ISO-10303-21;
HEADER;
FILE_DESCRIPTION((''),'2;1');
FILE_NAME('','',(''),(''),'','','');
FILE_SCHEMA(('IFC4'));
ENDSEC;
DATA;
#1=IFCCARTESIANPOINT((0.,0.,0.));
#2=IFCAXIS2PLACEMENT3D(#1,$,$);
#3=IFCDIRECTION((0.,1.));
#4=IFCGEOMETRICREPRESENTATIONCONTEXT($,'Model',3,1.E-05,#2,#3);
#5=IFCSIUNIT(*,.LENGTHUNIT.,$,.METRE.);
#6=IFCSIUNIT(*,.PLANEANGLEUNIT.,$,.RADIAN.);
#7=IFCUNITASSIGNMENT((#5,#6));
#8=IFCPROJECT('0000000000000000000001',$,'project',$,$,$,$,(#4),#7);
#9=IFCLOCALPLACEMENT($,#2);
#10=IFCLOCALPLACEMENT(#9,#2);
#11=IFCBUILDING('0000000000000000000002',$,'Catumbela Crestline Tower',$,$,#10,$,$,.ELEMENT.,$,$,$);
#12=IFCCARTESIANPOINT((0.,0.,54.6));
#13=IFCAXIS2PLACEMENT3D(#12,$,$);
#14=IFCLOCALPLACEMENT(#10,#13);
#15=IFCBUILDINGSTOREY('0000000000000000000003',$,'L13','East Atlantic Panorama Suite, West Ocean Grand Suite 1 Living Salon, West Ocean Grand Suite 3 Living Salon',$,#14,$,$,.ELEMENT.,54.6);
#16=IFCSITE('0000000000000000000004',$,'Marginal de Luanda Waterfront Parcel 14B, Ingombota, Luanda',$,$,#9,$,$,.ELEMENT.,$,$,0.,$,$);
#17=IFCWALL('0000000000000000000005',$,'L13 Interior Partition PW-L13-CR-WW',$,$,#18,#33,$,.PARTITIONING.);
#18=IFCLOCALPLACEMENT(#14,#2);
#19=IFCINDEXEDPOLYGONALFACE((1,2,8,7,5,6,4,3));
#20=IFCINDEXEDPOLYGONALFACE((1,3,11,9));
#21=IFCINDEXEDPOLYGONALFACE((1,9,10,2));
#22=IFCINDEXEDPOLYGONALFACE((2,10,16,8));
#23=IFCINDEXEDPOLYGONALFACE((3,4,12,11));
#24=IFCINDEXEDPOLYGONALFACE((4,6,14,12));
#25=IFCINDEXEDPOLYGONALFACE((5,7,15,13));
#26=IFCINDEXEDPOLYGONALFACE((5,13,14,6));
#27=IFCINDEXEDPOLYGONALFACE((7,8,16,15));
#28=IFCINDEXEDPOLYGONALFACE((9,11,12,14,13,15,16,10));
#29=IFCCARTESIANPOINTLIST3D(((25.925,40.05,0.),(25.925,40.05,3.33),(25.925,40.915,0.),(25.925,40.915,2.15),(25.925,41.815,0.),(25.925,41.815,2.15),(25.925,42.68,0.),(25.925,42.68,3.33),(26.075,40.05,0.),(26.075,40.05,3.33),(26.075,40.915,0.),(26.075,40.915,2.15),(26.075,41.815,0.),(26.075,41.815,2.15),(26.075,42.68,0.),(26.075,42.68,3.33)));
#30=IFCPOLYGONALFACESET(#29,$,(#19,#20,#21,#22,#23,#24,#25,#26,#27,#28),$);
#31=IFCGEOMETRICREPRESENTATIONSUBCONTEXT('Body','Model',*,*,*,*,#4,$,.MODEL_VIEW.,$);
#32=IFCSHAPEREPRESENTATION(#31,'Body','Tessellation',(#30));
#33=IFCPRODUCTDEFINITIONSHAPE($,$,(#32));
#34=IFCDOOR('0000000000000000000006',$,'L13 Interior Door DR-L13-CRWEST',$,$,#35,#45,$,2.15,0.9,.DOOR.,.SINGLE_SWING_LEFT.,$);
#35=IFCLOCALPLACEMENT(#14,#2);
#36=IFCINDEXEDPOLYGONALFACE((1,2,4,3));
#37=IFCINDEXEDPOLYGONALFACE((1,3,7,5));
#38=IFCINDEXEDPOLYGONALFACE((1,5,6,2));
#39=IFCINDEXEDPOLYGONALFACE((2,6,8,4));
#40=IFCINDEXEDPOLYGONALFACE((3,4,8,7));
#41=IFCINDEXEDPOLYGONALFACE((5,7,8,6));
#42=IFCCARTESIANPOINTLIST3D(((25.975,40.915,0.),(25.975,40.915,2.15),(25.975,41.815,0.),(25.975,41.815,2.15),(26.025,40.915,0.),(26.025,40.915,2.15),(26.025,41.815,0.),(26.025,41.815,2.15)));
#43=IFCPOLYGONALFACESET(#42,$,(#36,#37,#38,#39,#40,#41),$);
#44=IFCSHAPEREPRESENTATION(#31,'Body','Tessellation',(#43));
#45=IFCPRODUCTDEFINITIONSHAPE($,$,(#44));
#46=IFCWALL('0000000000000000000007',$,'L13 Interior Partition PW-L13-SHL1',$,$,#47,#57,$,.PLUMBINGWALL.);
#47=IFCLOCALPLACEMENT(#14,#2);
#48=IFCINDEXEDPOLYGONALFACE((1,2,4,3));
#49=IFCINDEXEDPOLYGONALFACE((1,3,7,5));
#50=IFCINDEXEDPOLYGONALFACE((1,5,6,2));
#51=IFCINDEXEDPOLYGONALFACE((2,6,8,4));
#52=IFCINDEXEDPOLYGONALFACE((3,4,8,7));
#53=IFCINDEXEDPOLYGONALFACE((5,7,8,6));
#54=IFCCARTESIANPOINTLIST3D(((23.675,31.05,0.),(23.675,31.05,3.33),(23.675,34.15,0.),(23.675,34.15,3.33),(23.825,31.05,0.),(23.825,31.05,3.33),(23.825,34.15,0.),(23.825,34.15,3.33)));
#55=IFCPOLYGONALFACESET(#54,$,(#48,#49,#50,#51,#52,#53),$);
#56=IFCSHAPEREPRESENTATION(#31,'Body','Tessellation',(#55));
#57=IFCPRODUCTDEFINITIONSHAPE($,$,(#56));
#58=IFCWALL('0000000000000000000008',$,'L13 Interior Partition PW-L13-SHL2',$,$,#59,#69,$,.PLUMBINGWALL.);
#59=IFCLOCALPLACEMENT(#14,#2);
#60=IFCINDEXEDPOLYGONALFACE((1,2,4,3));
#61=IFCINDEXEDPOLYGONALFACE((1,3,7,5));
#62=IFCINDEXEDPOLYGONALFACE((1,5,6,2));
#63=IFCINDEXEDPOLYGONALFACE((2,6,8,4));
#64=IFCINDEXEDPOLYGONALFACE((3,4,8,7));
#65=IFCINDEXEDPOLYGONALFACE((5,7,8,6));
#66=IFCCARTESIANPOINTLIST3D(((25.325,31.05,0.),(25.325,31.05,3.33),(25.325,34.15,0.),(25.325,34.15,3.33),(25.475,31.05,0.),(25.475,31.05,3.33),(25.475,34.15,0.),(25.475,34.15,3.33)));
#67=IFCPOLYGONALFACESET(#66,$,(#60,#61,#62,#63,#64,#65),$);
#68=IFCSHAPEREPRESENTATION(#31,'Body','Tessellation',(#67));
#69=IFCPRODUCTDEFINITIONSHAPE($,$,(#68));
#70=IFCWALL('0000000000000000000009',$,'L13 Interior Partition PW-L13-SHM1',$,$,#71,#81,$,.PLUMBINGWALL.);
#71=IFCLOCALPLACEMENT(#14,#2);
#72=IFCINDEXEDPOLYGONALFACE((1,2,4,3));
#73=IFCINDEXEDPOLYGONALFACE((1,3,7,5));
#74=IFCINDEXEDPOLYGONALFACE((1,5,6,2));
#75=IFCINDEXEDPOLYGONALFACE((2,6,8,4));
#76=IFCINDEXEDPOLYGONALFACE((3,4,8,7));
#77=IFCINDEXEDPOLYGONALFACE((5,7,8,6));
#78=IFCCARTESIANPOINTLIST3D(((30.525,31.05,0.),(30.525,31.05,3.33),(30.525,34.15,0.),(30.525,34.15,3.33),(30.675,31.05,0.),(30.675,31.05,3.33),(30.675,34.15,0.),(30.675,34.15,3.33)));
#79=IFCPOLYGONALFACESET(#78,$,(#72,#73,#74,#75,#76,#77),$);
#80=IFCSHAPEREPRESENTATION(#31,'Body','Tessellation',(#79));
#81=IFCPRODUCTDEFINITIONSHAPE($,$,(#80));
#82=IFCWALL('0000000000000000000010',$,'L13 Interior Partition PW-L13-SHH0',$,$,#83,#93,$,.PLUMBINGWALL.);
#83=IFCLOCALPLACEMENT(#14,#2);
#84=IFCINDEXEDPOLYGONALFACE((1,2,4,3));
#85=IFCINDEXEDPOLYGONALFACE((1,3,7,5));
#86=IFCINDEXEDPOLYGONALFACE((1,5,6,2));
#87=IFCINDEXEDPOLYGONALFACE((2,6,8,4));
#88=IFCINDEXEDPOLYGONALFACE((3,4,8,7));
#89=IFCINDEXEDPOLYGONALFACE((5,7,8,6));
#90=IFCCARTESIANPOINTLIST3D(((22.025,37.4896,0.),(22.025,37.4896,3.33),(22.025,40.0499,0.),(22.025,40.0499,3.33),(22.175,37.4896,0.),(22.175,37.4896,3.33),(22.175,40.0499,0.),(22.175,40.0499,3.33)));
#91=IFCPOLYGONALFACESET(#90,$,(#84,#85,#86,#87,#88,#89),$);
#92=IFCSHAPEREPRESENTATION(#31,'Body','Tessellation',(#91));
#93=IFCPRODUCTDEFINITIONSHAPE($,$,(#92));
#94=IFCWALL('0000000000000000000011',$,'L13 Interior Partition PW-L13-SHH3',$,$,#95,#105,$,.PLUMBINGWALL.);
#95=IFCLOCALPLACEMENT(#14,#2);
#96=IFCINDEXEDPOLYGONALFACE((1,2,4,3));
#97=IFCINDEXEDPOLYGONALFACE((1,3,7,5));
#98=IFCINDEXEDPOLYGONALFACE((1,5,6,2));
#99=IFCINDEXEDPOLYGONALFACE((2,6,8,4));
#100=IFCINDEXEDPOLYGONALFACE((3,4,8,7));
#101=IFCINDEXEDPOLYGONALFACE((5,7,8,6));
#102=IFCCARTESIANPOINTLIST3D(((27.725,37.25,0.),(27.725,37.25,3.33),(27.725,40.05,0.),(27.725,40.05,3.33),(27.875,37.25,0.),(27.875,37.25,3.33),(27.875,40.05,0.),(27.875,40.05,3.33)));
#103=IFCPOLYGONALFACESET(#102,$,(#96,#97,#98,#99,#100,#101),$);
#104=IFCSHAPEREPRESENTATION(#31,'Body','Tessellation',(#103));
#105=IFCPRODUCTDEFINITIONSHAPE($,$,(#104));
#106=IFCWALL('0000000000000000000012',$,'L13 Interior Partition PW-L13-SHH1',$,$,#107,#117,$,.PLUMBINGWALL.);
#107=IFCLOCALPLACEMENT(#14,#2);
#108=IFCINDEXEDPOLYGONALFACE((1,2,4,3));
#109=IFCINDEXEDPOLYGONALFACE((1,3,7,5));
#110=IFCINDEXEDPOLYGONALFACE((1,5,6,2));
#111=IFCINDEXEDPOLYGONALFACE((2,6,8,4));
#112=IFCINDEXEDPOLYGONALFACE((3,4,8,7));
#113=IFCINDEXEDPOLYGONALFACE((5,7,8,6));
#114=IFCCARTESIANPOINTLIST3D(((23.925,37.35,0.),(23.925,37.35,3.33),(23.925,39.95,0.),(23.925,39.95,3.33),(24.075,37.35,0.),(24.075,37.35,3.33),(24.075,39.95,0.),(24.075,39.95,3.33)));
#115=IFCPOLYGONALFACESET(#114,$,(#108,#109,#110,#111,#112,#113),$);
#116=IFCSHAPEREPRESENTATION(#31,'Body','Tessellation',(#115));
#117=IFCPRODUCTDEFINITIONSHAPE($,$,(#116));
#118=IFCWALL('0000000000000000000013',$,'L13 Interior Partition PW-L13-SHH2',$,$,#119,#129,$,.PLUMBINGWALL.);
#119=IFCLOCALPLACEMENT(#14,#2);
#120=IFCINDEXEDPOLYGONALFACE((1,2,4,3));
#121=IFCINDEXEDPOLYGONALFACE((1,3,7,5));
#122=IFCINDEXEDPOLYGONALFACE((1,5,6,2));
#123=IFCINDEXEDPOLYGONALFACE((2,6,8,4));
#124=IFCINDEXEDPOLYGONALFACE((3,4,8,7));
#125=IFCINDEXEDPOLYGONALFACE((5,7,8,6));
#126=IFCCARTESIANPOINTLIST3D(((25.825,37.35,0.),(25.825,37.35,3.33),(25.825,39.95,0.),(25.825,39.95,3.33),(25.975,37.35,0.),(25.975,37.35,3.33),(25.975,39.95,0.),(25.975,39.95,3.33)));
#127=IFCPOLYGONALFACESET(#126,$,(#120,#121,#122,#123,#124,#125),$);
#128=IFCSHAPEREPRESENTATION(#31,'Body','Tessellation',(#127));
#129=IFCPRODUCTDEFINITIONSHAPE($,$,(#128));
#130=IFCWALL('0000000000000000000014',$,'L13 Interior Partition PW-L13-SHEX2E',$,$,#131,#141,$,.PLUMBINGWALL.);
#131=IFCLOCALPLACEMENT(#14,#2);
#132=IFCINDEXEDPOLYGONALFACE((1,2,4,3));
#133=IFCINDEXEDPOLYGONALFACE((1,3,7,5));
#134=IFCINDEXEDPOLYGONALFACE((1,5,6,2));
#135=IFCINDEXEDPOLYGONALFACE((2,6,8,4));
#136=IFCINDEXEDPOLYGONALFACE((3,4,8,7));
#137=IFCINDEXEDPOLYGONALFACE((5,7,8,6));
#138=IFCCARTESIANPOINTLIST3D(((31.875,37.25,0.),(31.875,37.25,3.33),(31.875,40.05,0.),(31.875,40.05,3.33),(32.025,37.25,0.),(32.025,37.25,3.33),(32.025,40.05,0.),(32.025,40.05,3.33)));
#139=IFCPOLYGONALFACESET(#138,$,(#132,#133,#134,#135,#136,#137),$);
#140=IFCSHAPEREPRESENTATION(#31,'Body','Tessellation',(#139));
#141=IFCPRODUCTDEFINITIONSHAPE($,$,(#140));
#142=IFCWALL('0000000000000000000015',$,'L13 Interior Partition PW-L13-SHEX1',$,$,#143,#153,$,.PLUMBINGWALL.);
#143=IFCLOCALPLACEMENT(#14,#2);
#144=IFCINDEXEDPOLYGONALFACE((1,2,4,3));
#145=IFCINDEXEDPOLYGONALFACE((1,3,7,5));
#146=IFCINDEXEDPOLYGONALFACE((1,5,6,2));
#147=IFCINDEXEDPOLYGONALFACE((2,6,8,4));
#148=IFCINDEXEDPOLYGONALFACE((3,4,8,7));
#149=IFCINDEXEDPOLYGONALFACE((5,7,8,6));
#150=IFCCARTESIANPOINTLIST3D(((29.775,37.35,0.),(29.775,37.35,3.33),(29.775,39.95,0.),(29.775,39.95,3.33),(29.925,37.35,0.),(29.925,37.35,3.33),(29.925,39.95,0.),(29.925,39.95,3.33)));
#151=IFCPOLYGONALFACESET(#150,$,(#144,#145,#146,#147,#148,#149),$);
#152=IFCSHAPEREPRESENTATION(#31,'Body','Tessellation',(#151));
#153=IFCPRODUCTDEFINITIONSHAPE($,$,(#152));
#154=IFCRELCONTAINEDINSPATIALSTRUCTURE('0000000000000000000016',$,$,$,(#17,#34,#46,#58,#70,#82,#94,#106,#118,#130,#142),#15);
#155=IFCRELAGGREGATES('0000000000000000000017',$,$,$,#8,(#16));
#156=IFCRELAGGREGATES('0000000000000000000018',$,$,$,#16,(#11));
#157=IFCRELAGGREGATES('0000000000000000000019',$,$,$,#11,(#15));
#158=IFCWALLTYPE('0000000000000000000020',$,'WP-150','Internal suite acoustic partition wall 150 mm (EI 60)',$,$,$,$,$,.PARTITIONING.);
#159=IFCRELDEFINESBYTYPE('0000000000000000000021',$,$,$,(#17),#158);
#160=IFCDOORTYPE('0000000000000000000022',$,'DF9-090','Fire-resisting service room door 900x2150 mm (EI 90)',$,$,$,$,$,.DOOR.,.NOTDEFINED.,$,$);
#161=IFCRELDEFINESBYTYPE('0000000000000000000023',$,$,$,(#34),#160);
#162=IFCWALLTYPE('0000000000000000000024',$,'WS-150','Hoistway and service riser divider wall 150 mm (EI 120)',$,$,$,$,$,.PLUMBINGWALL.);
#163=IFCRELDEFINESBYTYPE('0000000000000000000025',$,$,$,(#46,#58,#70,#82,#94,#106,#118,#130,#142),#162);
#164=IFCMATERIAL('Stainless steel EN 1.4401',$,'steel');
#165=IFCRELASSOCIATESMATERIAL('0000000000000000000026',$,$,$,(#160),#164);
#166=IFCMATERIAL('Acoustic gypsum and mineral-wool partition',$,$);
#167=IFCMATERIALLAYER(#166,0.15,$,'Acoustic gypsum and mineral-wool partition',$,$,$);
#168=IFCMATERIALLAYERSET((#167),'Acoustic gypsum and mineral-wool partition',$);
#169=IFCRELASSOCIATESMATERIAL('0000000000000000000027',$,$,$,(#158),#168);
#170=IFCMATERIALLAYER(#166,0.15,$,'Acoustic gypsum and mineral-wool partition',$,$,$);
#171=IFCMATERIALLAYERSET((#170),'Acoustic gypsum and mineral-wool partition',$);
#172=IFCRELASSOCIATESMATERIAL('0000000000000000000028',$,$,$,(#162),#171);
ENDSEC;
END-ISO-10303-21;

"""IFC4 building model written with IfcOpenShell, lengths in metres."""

from ifc_helpers import new_model, si_unit, direction, frame, frame_2d, origin, place, context, subcontext, project, spatial, rectangle, extrude, material, layer, layer_set, type_object, element, fill, save


model = new_model("IFC4")

# Units and contexts
model_context = context("Model", 3, precision=1e-05, world=origin(), true_north=direction((0.0, 1.0)))
body_context = subcontext(model_context, "Body", "Model", "MODEL_VIEW")
ifc_project = project(units=[si_unit("LENGTHUNIT", "METRE"), si_unit("PLANEANGLEUNIT", "RADIAN")], contexts=[model_context])

# Site, building, storey
site_placement = place(None, origin())
site = spatial("IfcSite", under=ifc_project, at=site_placement, Name="Marginal de Luanda Waterfront Parcel 14B, Ingombota, Luanda", CompositionType="ELEMENT", RefElevation=0.0)
building_placement = place(site_placement, origin())
building = spatial("IfcBuilding", under=site, at=building_placement, Name="Catumbela Crestline Tower", CompositionType="ELEMENT")
storey_placement = place(building_placement, frame((0.0, 0.0, 54.6)))
storey = spatial("IfcBuildingStorey", under=building, at=storey_placement, Name="L13", Description="East Atlantic Panorama Suite, West Ocean Grand Suite 1 Living Salon, West Ocean Grand Suite 3 Living Salon", CompositionType="ELEMENT", Elevation=54.6)

# Shared definitions
ifc_material_1 = material(Name="Stainless steel EN 1.4401", Category="steel")

# Shared definitions
door_type_1 = type_object("IfcDoorType", Name="DF9-090", Description="Fire-resisting service room door 900x2150 mm (EI 90)", OperationType="NOTDEFINED", PredefinedType="DOOR", material=ifc_material_1)

# Wall, opening, door
ifc_material_2 = material(Name="Acoustic gypsum and mineral-wool partition")
ifc_layer_1 = layer(ifc_material_2, 0.15, Name="Acoustic gypsum and mineral-wool partition")
ifc_layer_set_1 = layer_set([ifc_layer_1], Name="Acoustic gypsum and mineral-wool partition")
wall_type_1 = type_object("IfcWallType", Name="WP-150", Description="Internal suite acoustic partition wall 150 mm (EI 60)", PredefinedType="PARTITIONING", material=ifc_layer_set_1)
wall_1_placement = place(storey_placement, frame((26.0, 40.05, 0.0), z_axis=(0.0, 0.0, 1.0), x_axis=(0.0, 1.0, 0.0)))
wall_1 = element("IfcWall", 1, at=wall_1_placement, inside=storey, type_object=wall_type_1, Name="L13 Interior Partition PW-L13-CR-WW", PredefinedType="PARTITIONING", context=body_context, shape_type="SweptSolid", body=[
    extrude(rectangle(XDim=2.63, YDim=0.15, at=frame_2d((1.315, 0.0))), origin(), (0.0, 0.0, 1.0), 3.33),
])
opening_1_placement = place(wall_1_placement, frame((0.865, 0.0, 0.0)))
opening_1 = element("IfcOpeningElement", 2, at=opening_1_placement, cuts=wall_1, PredefinedType="OPENING", context=body_context, shape_type="SweptSolid", body=[
    extrude(rectangle(XDim=0.9, YDim=2.15, at=frame_2d((0.45, 1.075))), frame((0.0, 0.085, 0.0), z_axis=(0.0, -1.0, 0.0), x_axis=(1.0, 0.0, 0.0)), (0.0, 0.0, 1.0), 0.17),
])
door_1_placement = place(opening_1_placement, origin())
door_1 = element("IfcDoor", 3, at=door_1_placement, inside=storey, type_object=door_type_1, Name="L13 Interior Door DR-L13-CRWEST", OperationType="SINGLE_SWING_LEFT", OverallHeight=2.15, OverallWidth=0.9, PredefinedType="DOOR", context=body_context, shape_type="SweptSolid", body=[
    extrude(rectangle(XDim=0.9, YDim=2.15, at=frame_2d((0.45, 1.075))), frame((0.0, 0.025, 0.0), z_axis=(0.0, -1.0, 0.0), x_axis=(1.0, 0.0, 0.0)), (0.0, 0.0, 1.0), 0.05),
])
fill(opening_1, door_1)

# Walls
ifc_layer_2 = layer(ifc_material_2, 0.15, Name="Acoustic gypsum and mineral-wool partition")
ifc_layer_set_2 = layer_set([ifc_layer_2], Name="Acoustic gypsum and mineral-wool partition")
wall_type_2 = type_object("IfcWallType", Name="WS-150", Description="Hoistway and service riser divider wall 150 mm (EI 120)", PredefinedType="PLUMBINGWALL", material=ifc_layer_set_2)
for number, where, z_axis, x_axis, name in (
    (4, (23.75, 31.05, 0.0), (0.0, 0.0, 1.0), (0.0, 1.0, 0.0), "L13 Interior Partition PW-L13-SHL1"),
    (5, (25.4, 31.05, 0.0), (0.0, 0.0, 1.0), (0.0, 1.0, 0.0), "L13 Interior Partition PW-L13-SHL2"),
    (6, (30.6, 31.05, 0.0), (0.0, 0.0, 1.0), (0.0, 1.0, 0.0), "L13 Interior Partition PW-L13-SHM1"),
):
    element("IfcWall", number, at=place(storey_placement, frame(where, z_axis=z_axis, x_axis=x_axis)), inside=storey, type_object=wall_type_2, Name=name, PredefinedType="PLUMBINGWALL", context=body_context, shape_type="SweptSolid", body=[
        extrude(rectangle(XDim=3.1, YDim=0.15, at=frame_2d((1.55, 0.0))), origin(), (0.0, 0.0, 1.0), 3.33),
    ])
wall_2_placement = place(storey_placement, frame((22.1, 37.4897, 0.0), z_axis=(0.0, 0.0, 1.0), x_axis=(0.0, 1.0, 0.0)))
element("IfcWall", 7, at=wall_2_placement, inside=storey, type_object=wall_type_2, Name="L13 Interior Partition PW-L13-SHH0", PredefinedType="PLUMBINGWALL", context=body_context, shape_type="SweptSolid", body=[
    extrude(rectangle(XDim=2.5603, YDim=0.15, at=frame_2d((1.2801, 0.0))), origin(), (0.0, 0.0, 1.0), 3.33),
])
wall_3_placement = place(storey_placement, frame((27.8, 37.25, 0.0), z_axis=(0.0, 0.0, 1.0), x_axis=(0.0, 1.0, 0.0)))
element("IfcWall", 8, at=wall_3_placement, inside=storey, type_object=wall_type_2, Name="L13 Interior Partition PW-L13-SHH3", PredefinedType="PLUMBINGWALL", context=body_context, shape_type="SweptSolid", body=[
    extrude(rectangle(XDim=2.8, YDim=0.15, at=frame_2d((1.4, 0.0))), origin(), (0.0, 0.0, 1.0), 3.33),
])
for number, where, z_axis, x_axis, name in (
    (9, (24.0, 37.35, 0.0), (0.0, 0.0, 1.0), (0.0, 1.0, 0.0), "L13 Interior Partition PW-L13-SHH1"),
    (10, (25.9, 37.35, 0.0), (0.0, 0.0, 1.0), (0.0, 1.0, 0.0), "L13 Interior Partition PW-L13-SHH2"),
):
    element("IfcWall", number, at=place(storey_placement, frame(where, z_axis=z_axis, x_axis=x_axis)), inside=storey, type_object=wall_type_2, Name=name, PredefinedType="PLUMBINGWALL", context=body_context, shape_type="SweptSolid", body=[
        extrude(rectangle(XDim=2.6, YDim=0.15, at=frame_2d((1.3, 0.0))), origin(), (0.0, 0.0, 1.0), 3.33),
    ])
wall_4_placement = place(storey_placement, frame((31.95, 37.25, 0.0), z_axis=(0.0, 0.0, 1.0), x_axis=(0.0, 1.0, 0.0)))
element("IfcWall", 11, at=wall_4_placement, inside=storey, type_object=wall_type_2, Name="L13 Interior Partition PW-L13-SHEX2E", PredefinedType="PLUMBINGWALL", context=body_context, shape_type="SweptSolid", body=[
    extrude(rectangle(XDim=2.8, YDim=0.15, at=frame_2d((1.4, 0.0))), origin(), (0.0, 0.0, 1.0), 3.33),
])
wall_5_placement = place(storey_placement, frame((29.85, 37.35, 0.0), z_axis=(0.0, 0.0, 1.0), x_axis=(0.0, 1.0, 0.0)))
element("IfcWall", 12, at=wall_5_placement, inside=storey, type_object=wall_type_2, Name="L13 Interior Partition PW-L13-SHEX1", PredefinedType="PLUMBINGWALL", context=body_context, shape_type="SweptSolid", body=[
    extrude(rectangle(XDim=2.6, YDim=0.15, at=frame_2d((1.3, 0.0))), origin(), (0.0, 0.0, 1.0), 3.33),
])

save(model, "model.ifc")
